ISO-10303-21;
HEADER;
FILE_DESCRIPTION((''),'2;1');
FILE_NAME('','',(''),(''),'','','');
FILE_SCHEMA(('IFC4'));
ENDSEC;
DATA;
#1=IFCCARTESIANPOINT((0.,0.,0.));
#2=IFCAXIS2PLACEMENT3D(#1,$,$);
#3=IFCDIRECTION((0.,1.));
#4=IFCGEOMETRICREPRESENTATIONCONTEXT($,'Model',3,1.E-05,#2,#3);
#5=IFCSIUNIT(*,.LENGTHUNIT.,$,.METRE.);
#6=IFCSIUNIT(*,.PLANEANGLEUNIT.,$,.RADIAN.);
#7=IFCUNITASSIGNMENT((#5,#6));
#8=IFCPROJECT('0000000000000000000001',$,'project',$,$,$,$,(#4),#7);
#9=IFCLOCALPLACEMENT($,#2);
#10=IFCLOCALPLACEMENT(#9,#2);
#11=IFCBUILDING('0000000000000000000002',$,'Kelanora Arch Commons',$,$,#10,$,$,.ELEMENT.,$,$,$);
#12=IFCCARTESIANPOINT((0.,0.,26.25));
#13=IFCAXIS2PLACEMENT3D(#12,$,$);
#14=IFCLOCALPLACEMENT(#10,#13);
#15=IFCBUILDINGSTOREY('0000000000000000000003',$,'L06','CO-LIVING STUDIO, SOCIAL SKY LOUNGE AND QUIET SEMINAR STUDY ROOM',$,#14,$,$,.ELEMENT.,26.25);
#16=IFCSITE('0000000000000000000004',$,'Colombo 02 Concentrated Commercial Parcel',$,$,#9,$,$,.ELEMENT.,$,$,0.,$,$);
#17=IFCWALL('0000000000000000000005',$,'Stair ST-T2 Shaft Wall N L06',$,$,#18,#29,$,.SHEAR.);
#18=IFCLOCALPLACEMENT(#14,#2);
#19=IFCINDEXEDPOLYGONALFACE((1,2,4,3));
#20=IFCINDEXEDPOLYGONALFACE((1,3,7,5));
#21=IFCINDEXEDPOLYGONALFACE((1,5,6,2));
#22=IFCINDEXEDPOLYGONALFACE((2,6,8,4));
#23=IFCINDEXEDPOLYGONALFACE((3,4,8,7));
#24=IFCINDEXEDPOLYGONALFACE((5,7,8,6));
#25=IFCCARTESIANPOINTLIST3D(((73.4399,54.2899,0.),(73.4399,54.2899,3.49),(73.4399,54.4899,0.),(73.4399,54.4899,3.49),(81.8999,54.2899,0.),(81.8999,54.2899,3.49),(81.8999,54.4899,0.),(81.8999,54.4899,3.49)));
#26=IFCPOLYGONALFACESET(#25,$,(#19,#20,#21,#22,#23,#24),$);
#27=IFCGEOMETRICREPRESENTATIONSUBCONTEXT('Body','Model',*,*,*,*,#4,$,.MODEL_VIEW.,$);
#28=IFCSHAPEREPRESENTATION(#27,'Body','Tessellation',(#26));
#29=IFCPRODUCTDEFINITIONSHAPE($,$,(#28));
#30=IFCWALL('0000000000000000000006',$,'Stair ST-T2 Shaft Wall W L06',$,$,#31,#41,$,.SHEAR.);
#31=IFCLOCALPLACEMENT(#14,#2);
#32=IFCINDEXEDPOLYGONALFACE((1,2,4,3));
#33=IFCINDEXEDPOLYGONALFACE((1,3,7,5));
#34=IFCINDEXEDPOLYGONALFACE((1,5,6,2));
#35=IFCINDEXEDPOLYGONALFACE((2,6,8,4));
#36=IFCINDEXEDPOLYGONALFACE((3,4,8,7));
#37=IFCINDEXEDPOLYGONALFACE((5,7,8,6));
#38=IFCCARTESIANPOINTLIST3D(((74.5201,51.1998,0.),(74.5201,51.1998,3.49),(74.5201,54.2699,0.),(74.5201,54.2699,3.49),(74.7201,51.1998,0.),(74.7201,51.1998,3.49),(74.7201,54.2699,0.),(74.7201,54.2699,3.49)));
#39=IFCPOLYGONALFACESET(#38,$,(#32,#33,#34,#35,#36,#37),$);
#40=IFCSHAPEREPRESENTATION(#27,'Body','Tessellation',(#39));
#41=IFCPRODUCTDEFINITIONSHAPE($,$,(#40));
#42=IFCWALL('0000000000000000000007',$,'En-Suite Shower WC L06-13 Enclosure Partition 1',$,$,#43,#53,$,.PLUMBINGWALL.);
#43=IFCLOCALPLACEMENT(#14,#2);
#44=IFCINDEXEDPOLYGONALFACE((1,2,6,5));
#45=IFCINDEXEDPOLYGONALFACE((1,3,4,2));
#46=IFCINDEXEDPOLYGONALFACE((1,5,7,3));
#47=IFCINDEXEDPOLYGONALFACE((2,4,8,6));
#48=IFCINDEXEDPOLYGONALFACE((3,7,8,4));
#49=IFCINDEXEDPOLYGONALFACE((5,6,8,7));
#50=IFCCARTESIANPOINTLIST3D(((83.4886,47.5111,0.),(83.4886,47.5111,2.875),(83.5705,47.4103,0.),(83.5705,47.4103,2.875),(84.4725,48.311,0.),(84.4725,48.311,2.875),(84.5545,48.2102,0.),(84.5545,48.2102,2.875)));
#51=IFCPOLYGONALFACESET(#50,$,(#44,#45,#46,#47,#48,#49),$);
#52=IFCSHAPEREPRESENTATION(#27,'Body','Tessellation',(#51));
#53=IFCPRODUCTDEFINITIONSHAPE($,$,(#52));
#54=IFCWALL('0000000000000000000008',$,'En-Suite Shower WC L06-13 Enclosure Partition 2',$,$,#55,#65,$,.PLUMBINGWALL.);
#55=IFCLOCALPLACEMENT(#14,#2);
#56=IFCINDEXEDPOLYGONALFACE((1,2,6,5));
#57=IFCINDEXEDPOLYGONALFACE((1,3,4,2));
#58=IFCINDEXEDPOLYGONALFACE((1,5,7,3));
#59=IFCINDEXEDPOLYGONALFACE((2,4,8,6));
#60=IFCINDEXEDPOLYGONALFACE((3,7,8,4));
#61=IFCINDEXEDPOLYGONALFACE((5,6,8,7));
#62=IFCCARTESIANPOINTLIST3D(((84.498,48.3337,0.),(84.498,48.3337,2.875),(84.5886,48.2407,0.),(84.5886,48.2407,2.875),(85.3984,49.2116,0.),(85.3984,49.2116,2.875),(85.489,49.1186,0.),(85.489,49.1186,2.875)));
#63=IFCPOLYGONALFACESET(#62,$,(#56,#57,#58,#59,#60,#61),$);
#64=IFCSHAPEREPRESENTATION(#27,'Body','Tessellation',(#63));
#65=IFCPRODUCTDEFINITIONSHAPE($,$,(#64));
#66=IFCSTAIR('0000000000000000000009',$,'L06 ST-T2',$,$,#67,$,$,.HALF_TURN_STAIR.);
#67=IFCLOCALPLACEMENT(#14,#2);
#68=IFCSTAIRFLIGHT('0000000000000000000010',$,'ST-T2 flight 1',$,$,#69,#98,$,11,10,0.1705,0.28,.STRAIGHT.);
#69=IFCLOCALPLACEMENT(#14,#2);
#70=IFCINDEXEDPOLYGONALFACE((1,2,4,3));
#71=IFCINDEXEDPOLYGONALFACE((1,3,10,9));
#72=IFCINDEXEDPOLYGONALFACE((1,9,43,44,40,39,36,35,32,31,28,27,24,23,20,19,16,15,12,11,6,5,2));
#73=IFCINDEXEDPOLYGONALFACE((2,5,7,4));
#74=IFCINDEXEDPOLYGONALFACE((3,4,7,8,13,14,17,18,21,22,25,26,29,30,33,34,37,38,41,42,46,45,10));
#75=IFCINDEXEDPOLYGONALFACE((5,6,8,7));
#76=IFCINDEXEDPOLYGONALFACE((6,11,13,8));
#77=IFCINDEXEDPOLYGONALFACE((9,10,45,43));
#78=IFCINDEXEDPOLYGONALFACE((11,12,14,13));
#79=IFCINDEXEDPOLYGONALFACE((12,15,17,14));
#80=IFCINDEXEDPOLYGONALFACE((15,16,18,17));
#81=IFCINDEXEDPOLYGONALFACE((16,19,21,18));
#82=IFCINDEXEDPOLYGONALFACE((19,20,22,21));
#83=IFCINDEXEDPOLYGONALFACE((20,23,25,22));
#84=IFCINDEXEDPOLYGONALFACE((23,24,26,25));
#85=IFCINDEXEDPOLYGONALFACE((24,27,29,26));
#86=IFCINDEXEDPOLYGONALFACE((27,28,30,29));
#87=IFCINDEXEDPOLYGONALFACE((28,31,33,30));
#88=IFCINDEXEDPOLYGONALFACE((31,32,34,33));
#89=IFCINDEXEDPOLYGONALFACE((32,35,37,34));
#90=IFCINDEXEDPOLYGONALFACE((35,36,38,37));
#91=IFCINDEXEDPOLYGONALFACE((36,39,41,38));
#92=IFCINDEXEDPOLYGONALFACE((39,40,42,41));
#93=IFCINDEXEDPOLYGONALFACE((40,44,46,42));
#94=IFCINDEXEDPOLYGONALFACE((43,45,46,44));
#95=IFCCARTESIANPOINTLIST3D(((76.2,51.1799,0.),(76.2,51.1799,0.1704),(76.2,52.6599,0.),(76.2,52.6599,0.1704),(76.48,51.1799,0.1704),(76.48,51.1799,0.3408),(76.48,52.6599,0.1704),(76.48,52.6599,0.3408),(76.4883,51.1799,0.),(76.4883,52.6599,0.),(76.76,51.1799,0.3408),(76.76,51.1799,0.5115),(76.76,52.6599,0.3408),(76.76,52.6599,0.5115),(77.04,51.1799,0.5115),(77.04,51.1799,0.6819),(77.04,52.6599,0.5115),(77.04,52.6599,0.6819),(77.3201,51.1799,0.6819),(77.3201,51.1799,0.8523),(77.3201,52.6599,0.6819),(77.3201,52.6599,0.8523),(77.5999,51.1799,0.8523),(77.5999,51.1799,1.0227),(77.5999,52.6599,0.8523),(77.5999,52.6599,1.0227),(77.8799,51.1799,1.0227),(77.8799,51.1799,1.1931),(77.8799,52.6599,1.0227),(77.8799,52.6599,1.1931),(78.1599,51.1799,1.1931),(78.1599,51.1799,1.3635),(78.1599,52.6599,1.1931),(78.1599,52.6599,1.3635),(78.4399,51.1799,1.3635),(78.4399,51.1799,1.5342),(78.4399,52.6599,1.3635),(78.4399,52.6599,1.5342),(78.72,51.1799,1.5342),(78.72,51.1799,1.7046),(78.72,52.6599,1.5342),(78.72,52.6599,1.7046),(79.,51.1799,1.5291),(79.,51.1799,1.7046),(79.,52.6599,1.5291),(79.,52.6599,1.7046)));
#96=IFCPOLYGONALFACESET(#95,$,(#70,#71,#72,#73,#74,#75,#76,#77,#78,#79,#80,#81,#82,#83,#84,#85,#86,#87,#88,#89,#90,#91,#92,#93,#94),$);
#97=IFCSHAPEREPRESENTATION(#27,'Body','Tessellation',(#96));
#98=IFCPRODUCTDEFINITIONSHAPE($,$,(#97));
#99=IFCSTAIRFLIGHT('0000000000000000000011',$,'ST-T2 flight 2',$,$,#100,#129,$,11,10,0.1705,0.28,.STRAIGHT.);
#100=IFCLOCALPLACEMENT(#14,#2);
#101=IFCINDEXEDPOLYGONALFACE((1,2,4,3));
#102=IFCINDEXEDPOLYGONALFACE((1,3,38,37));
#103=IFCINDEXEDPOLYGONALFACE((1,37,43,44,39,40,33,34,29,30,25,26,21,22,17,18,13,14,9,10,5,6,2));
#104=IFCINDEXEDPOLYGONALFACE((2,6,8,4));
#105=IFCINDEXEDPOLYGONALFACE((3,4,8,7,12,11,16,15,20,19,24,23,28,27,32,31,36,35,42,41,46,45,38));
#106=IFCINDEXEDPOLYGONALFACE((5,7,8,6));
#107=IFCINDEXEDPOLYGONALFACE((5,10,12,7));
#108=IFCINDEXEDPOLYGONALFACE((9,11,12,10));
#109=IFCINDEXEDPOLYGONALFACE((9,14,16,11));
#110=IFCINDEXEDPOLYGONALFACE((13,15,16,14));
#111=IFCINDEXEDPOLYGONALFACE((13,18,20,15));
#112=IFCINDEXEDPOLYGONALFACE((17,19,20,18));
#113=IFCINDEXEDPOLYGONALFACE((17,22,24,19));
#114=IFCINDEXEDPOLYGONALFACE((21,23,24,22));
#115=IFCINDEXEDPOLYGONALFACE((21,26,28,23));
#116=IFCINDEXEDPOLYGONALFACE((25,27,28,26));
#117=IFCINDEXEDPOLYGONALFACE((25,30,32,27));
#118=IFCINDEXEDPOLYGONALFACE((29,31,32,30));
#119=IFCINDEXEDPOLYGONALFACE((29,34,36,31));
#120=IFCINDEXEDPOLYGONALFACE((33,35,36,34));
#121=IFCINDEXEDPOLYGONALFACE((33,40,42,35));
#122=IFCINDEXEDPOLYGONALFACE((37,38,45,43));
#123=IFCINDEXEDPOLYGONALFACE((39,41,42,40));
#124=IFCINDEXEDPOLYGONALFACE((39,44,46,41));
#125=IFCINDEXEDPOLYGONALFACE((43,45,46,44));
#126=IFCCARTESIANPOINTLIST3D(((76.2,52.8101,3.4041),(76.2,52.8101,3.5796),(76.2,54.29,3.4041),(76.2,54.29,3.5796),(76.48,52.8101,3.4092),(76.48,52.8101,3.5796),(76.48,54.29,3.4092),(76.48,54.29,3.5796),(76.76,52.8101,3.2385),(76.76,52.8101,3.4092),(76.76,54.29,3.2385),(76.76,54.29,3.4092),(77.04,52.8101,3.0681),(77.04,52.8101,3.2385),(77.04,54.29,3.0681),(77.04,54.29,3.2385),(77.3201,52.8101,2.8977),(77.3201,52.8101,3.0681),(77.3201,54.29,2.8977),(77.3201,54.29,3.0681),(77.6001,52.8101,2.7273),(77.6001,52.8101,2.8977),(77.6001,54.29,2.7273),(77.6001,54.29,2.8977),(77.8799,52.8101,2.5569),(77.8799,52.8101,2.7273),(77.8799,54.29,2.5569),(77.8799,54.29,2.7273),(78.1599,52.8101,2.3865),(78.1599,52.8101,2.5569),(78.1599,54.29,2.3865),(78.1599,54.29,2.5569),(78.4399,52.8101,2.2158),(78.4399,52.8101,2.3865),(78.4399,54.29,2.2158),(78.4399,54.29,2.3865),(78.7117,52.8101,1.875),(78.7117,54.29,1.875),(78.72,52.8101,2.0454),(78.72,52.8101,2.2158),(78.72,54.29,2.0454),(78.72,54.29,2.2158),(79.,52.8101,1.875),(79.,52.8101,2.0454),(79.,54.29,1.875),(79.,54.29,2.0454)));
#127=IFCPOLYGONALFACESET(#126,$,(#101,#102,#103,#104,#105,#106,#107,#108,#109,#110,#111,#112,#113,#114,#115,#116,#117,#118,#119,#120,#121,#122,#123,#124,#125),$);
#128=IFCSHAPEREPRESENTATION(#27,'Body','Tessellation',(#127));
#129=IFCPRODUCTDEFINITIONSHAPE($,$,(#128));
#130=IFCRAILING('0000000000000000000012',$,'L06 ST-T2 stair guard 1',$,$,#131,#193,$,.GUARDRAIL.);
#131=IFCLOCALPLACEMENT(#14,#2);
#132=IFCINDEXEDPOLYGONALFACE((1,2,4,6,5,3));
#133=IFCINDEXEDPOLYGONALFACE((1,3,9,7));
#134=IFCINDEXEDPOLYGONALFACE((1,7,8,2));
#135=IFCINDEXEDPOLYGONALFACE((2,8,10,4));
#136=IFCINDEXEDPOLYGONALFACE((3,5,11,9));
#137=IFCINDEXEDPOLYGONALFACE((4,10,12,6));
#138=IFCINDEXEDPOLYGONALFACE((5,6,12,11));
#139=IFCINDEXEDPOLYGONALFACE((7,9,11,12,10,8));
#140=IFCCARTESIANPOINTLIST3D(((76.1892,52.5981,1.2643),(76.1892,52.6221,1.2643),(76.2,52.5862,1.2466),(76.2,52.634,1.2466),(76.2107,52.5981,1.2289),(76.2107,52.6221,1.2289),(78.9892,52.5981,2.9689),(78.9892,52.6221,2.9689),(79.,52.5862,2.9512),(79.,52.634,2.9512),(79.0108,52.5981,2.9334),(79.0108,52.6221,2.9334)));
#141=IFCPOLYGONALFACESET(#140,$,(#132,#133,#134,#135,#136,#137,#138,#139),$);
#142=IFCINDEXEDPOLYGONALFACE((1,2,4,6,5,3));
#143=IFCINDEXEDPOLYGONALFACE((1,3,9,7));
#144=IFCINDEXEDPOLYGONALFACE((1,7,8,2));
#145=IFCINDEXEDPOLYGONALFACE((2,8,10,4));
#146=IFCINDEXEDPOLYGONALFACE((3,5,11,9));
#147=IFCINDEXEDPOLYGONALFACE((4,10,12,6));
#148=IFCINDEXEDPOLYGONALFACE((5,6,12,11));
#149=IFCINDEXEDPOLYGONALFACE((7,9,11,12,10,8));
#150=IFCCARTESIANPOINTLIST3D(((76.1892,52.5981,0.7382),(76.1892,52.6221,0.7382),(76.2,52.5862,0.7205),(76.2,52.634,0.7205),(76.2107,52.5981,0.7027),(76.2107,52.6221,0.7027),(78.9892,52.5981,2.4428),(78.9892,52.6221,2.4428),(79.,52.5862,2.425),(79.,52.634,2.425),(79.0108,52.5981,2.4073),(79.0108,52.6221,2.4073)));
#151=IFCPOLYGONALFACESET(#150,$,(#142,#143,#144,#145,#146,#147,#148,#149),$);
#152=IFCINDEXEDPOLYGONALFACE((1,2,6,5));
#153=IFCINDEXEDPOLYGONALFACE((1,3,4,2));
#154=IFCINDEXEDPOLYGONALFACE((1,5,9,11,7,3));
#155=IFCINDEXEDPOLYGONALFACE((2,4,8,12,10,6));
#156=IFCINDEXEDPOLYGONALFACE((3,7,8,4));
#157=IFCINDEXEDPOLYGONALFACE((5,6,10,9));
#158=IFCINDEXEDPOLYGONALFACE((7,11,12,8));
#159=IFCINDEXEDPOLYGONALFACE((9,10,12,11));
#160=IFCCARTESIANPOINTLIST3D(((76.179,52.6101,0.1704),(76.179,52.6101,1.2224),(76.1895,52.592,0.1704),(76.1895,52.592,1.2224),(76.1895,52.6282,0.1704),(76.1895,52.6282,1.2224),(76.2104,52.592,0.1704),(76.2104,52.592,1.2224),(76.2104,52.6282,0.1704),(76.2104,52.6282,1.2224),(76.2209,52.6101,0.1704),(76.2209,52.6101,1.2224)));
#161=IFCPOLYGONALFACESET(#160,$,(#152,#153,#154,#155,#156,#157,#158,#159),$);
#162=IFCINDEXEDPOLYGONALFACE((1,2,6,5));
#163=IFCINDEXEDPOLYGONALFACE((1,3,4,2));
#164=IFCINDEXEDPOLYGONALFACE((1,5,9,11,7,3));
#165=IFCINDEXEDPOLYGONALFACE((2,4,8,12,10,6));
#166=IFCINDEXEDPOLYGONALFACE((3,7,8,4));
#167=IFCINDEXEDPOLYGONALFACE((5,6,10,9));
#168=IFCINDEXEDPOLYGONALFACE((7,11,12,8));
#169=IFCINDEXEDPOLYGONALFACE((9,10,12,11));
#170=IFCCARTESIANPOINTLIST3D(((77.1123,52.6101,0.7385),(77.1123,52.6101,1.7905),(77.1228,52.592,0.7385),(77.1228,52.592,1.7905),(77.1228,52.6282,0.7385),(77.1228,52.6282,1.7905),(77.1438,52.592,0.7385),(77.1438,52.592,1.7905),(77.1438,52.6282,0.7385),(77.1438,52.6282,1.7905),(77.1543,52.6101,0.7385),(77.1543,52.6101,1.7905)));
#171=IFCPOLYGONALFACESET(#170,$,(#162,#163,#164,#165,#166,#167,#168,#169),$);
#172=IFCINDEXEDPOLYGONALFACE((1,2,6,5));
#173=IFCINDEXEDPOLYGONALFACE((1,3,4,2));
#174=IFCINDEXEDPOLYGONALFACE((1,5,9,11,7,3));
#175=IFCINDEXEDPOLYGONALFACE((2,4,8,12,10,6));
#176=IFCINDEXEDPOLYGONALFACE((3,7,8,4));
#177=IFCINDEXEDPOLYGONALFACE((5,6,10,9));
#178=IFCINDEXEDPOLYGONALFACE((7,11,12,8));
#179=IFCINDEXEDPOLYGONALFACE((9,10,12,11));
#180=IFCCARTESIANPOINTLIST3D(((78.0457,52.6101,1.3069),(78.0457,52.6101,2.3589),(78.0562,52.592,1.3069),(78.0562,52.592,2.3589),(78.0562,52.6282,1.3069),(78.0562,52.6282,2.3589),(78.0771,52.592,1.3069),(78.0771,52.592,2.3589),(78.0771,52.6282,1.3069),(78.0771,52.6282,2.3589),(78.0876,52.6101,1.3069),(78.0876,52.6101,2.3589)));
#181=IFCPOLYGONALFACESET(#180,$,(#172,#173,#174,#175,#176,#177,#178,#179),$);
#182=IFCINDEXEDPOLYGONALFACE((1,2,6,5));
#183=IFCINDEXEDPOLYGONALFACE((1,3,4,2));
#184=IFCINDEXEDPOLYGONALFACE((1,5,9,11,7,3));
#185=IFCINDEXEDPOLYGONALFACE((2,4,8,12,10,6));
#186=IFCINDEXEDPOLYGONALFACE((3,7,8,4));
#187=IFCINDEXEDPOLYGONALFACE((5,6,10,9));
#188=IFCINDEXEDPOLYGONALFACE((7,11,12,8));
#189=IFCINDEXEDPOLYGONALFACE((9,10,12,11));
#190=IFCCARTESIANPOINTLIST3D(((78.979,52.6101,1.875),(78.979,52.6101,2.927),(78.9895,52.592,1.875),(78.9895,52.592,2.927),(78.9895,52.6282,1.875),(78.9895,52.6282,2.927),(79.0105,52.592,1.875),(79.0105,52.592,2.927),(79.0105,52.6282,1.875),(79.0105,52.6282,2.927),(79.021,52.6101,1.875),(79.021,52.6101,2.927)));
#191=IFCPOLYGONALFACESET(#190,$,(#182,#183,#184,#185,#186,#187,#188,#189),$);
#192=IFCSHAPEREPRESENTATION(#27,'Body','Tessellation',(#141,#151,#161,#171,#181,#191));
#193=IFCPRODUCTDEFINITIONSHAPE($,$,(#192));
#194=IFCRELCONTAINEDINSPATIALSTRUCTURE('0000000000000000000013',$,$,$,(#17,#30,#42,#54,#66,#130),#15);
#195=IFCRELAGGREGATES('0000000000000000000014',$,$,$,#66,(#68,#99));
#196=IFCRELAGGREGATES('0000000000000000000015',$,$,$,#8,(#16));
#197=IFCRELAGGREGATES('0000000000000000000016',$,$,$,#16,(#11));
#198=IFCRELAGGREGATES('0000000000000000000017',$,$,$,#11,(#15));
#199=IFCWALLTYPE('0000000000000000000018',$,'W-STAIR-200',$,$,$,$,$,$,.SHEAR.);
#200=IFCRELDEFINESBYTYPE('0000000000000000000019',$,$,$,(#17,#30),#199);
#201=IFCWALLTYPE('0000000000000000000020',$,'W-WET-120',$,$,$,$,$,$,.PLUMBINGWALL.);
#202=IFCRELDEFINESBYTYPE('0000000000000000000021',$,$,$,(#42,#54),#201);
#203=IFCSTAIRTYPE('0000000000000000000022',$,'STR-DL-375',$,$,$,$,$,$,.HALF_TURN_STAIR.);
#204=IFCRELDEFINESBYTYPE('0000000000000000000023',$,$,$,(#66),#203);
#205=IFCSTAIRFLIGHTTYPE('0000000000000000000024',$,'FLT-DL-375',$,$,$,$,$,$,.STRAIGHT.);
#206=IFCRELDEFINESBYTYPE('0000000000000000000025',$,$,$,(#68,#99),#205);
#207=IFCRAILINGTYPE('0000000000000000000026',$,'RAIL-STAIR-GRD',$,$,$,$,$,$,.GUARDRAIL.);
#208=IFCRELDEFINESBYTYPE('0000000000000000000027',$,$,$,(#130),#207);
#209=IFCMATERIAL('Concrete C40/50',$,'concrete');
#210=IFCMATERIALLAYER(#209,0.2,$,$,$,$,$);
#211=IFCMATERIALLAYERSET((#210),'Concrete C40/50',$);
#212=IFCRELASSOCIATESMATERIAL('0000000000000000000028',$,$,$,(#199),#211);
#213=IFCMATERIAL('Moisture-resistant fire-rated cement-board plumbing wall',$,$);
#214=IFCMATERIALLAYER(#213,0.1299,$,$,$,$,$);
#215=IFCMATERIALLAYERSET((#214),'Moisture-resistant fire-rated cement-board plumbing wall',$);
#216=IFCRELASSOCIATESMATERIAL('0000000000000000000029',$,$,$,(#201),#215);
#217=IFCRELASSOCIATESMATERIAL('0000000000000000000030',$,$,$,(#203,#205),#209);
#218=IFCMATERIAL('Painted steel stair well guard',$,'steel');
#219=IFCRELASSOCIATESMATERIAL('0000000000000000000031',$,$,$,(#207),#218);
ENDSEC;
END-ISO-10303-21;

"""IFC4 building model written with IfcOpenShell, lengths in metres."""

from ifc_helpers import new_model, si_unit, direction, frame, frame_2d, origin, place, context, subcontext, project, spatial, polyline, rectangle, outline, extrude, material, layer, layer_set, type_object, element, aggregate, save


model = new_model("IFC4")

# Units and contexts
model_context = context("Model", 3, precision=1e-05, world=origin(), true_north=direction((0.0, 1.0)))
body_context = subcontext(model_context, "Body", "Model", "MODEL_VIEW")
ifc_project = project(units=[si_unit("LENGTHUNIT", "METRE"), si_unit("PLANEANGLEUNIT", "RADIAN")], contexts=[model_context])

# Site, building, storey
site_placement = place(None, origin())
site = spatial("IfcSite", under=ifc_project, at=site_placement, Name="Colombo 02 Concentrated Commercial Parcel", CompositionType="ELEMENT", RefElevation=0.0)
building_placement = place(site_placement, origin())
building = spatial("IfcBuilding", under=site, at=building_placement, Name="Kelanora Arch Commons", CompositionType="ELEMENT")
storey_placement = place(building_placement, frame((0.0, 0.0, 26.25)))
storey = spatial("IfcBuildingStorey", under=building, at=storey_placement, Name="L06", Description="CO-LIVING STUDIO, SOCIAL SKY LOUNGE AND QUIET SEMINAR STUDY ROOM", CompositionType="ELEMENT", Elevation=26.25)

# Walls
ifc_material_1 = material(Name="Concrete C40/50", Category="concrete")
ifc_layer_1 = layer(ifc_material_1, 0.2)
ifc_layer_set_1 = layer_set([ifc_layer_1], Name="Concrete C40/50")
wall_type_1 = type_object("IfcWallType", Name="W-STAIR-200", PredefinedType="SHEAR", material=ifc_layer_set_1)
wall_1_placement = place(storey_placement, frame((81.8999, 54.3899, 0.0), z_axis=(0.0, 0.0, 1.0), x_axis=(-1.0, 0.0, 0.0)))
element("IfcWall", 1, at=wall_1_placement, inside=storey, type_object=wall_type_1, Name="Stair ST-T2 Shaft Wall N L06", PredefinedType="SHEAR", context=body_context, shape_type="SweptSolid", body=[
    extrude(rectangle(XDim=8.46, YDim=0.2, at=frame_2d((4.23, 0.0))), origin(), (0.0, 0.0, 1.0), 3.49),
])
wall_2_placement = place(storey_placement, frame((74.6201, 54.27, 0.0), z_axis=(0.0, 0.0, 1.0), x_axis=(0.0, -1.0, 0.0)))
element("IfcWall", 2, at=wall_2_placement, inside=storey, type_object=wall_type_1, Name="Stair ST-T2 Shaft Wall W L06", PredefinedType="SHEAR", context=body_context, shape_type="SweptSolid", body=[
    extrude(rectangle(XDim=3.0701, YDim=0.2, at=frame_2d((1.5352, 0.0))), origin(), (0.0, 0.0, 1.0), 3.49),
])
ifc_material_2 = material(Name="Moisture-resistant fire-rated cement-board plumbing wall")
ifc_layer_2 = layer(ifc_material_2, 0.1299)
ifc_layer_set_2 = layer_set([ifc_layer_2], Name="Moisture-resistant fire-rated cement-board plumbing wall")
wall_type_2 = type_object("IfcWallType", Name="W-WET-120", PredefinedType="PLUMBINGWALL", material=ifc_layer_set_2)
wall_3_placement = place(storey_placement, frame((83.5295, 47.4607, 0.0), z_axis=(0.0, 0.0, 1.0), x_axis=(0.775961, 0.630781, 0.0)))
element("IfcWall", 3, at=wall_3_placement, inside=storey, type_object=wall_type_2, Name="En-Suite Shower WC L06-13 Enclosure Partition 1", PredefinedType="PLUMBINGWALL", context=body_context, shape_type="SweptSolid", body=[
    extrude(rectangle(XDim=1.2681, YDim=0.1299, at=frame_2d((0.634, 0.0))), origin(), (0.0, 0.0, 1.0), 2.875),
])
wall_4_placement = place(storey_placement, frame((84.5432, 48.2871, 0.0), z_axis=(0.0, 0.0, 1.0), x_axis=(0.715981, 0.69812, 0.0)))
element("IfcWall", 4, at=wall_4_placement, inside=storey, type_object=wall_type_2, Name="En-Suite Shower WC L06-13 Enclosure Partition 2", PredefinedType="PLUMBINGWALL", context=body_context, shape_type="SweptSolid", body=[
    extrude(rectangle(XDim=1.2576, YDim=0.1299, at=frame_2d((0.6289, 0.0))), origin(), (0.0, 0.0, 1.0), 2.875),
])

# Stair, stair flights
stair_type = type_object("IfcStairType", Name="STR-DL-375", PredefinedType="HALF_TURN_STAIR", material=ifc_material_1)
stair_placement = place(storey_placement, origin())
stair = element("IfcStair", 5, at=stair_placement, inside=storey, type_object=stair_type, Name="L06 ST-T2", PredefinedType="HALF_TURN_STAIR")
stair_flight_type = type_object("IfcStairFlightType", Name="FLT-DL-375", PredefinedType="STRAIGHT", material=ifc_material_1)
stair_flight_1_placement = place(storey_placement, frame((76.2, 51.9199, 0.0), z_axis=(0.0, 0.0, 1.0), x_axis=(1.0, 0.0, 0.0)))
stair_flight_1 = element("IfcStairFlight", 6, at=stair_flight_1_placement, type_object=stair_flight_type, Name="ST-T2 flight 1", NumberOfRisers=11, NumberOfTreads=10, PredefinedType="STRAIGHT", RiserHeight=0.1705, TreadLength=0.28, context=body_context, shape_type="SweptSolid", body=[
    extrude(outline(polyline([(0.0, 0.0), (0.0, 0.1704), (0.28, 0.1704), (0.28, 0.3408), (0.5601, 0.3408), (0.5601, 0.5115), (0.8401, 0.5115), (0.8401, 0.6819), (1.1201, 0.6819), (1.1201, 0.8523), (1.3999, 0.8523), (1.3999, 1.0227), (1.6799, 1.0227), (1.6799, 1.1931), (1.96, 1.1931), (1.96, 1.3635), (2.24, 1.3635), (2.24, 1.5342), (2.52, 1.5342), (2.52, 1.7046), (2.8, 1.7046), (2.8, 1.875), (2.8, 1.5291), (0.2883, 0.0), (0.0, 0.0)])), frame((0.0, 0.74, 0.0), z_axis=(0.0, -1.0, 0.0), x_axis=(1.0, 0.0, 0.0)), (0.0, 0.0, 1.0), 1.48),
])
stair_flight_2_placement = place(storey_placement, frame((79.0, 53.55, 1.875), z_axis=(0.0, 0.0, 1.0), x_axis=(-1.0, 0.0, 0.0)))
stair_flight_2 = element("IfcStairFlight", 7, at=stair_flight_2_placement, type_object=stair_flight_type, Name="ST-T2 flight 2", NumberOfRisers=11, NumberOfTreads=10, PredefinedType="STRAIGHT", RiserHeight=0.1705, TreadLength=0.28, context=body_context, shape_type="SweptSolid", body=[
    extrude(outline(polyline([(0.0, 0.0), (0.0, 0.1704), (0.28, 0.1704), (0.28, 0.3408), (0.5601, 0.3408), (0.5601, 0.5115), (0.8401, 0.5115), (0.8401, 0.6819), (1.1201, 0.6819), (1.1201, 0.8523), (1.3999, 0.8523), (1.3999, 1.0227), (1.6799, 1.0227), (1.6799, 1.1931), (1.96, 1.1931), (1.96, 1.3635), (2.24, 1.3635), (2.24, 1.5342), (2.52, 1.5342), (2.52, 1.7046), (2.8, 1.7046), (2.8, 1.875), (2.8, 1.5291), (0.2883, 0.0), (0.0, 0.0)])), frame((0.0, 0.74, 0.0), z_axis=(0.0, -1.0, 0.0), x_axis=(1.0, 0.0, 0.0)), (0.0, 0.0, 1.0), 1.48),
])
aggregate(stair, [stair_flight_1, stair_flight_2])

# Railing
ifc_material_3 = material(Name="Painted steel stair well guard", Category="steel")
railing_type_1 = type_object("IfcRailingType", Name="RAIL-STAIR-GRD", PredefinedType="GUARDRAIL", material=ifc_material_3)
railing_1_placement = place(storey_placement, frame((76.2, 52.6101, 0.1704)))
element("IfcRailing", 8, at=railing_1_placement, inside=storey, type_object=railing_type_1, Name="L06 ST-T2 stair guard 1", PredefinedType="GUARDRAIL", context=body_context, shape_type="SweptSolid", body=[
    extrude(outline(polyline([(0.0239, 0.0), (0.012, 0.0208), (-0.012, 0.0208), (-0.0239, 0.0), (-0.012, -0.0208), (0.012, -0.0208), (0.0239, 0.0)])), frame((0.0, 0.0, 1.0762), z_axis=(0.85417, 0.0, 0.519994), x_axis=(0.0, 1.0, 0.0)), (0.0, 0.0, 1.0), 3.2781),
    extrude(outline(polyline([(0.0239, 0.0), (0.012, 0.0208), (-0.012, 0.0208), (-0.0239, 0.0), (-0.012, -0.0208), (0.012, -0.0208), (0.0239, 0.0)])), frame((0.0, 0.0, 0.55), z_axis=(0.85417, 0.0, 0.519994), x_axis=(0.0, 1.0, 0.0)), (0.0, 0.0, 1.0), 3.2781),
    extrude(outline(polyline([(0.021, 0.0), (0.0105, 0.0181), (-0.0105, 0.0181), (-0.021, 0.0), (-0.0105, -0.0181), (0.0105, -0.0181), (0.021, 0.0)])), origin(), (0.0, 0.0, 1.0), 1.052),
    extrude(outline(polyline([(0.021, 0.0), (0.0105, 0.0181), (-0.0105, 0.0181), (-0.021, 0.0), (-0.0105, -0.0181), (0.0105, -0.0181), (0.021, 0.0)])), frame((0.9333, 0.0, 0.5681)), (0.0, 0.0, 1.0), 1.052),
    extrude(outline(polyline([(0.021, 0.0), (0.0105, 0.0181), (-0.0105, 0.0181), (-0.021, 0.0), (-0.0105, -0.0181), (0.0105, -0.0181), (0.021, 0.0)])), frame((1.8667, 0.0, 1.1365)), (0.0, 0.0, 1.0), 1.052),
    extrude(outline(polyline([(0.021, 0.0), (0.0105, 0.0181), (-0.0105, 0.0181), (-0.021, 0.0), (-0.0105, -0.0181), (0.0105, -0.0181), (0.021, 0.0)])), frame((2.8, 0.0, 1.7046)), (0.0, 0.0, 1.0), 1.052),
])

save(model, "model.ifc")
